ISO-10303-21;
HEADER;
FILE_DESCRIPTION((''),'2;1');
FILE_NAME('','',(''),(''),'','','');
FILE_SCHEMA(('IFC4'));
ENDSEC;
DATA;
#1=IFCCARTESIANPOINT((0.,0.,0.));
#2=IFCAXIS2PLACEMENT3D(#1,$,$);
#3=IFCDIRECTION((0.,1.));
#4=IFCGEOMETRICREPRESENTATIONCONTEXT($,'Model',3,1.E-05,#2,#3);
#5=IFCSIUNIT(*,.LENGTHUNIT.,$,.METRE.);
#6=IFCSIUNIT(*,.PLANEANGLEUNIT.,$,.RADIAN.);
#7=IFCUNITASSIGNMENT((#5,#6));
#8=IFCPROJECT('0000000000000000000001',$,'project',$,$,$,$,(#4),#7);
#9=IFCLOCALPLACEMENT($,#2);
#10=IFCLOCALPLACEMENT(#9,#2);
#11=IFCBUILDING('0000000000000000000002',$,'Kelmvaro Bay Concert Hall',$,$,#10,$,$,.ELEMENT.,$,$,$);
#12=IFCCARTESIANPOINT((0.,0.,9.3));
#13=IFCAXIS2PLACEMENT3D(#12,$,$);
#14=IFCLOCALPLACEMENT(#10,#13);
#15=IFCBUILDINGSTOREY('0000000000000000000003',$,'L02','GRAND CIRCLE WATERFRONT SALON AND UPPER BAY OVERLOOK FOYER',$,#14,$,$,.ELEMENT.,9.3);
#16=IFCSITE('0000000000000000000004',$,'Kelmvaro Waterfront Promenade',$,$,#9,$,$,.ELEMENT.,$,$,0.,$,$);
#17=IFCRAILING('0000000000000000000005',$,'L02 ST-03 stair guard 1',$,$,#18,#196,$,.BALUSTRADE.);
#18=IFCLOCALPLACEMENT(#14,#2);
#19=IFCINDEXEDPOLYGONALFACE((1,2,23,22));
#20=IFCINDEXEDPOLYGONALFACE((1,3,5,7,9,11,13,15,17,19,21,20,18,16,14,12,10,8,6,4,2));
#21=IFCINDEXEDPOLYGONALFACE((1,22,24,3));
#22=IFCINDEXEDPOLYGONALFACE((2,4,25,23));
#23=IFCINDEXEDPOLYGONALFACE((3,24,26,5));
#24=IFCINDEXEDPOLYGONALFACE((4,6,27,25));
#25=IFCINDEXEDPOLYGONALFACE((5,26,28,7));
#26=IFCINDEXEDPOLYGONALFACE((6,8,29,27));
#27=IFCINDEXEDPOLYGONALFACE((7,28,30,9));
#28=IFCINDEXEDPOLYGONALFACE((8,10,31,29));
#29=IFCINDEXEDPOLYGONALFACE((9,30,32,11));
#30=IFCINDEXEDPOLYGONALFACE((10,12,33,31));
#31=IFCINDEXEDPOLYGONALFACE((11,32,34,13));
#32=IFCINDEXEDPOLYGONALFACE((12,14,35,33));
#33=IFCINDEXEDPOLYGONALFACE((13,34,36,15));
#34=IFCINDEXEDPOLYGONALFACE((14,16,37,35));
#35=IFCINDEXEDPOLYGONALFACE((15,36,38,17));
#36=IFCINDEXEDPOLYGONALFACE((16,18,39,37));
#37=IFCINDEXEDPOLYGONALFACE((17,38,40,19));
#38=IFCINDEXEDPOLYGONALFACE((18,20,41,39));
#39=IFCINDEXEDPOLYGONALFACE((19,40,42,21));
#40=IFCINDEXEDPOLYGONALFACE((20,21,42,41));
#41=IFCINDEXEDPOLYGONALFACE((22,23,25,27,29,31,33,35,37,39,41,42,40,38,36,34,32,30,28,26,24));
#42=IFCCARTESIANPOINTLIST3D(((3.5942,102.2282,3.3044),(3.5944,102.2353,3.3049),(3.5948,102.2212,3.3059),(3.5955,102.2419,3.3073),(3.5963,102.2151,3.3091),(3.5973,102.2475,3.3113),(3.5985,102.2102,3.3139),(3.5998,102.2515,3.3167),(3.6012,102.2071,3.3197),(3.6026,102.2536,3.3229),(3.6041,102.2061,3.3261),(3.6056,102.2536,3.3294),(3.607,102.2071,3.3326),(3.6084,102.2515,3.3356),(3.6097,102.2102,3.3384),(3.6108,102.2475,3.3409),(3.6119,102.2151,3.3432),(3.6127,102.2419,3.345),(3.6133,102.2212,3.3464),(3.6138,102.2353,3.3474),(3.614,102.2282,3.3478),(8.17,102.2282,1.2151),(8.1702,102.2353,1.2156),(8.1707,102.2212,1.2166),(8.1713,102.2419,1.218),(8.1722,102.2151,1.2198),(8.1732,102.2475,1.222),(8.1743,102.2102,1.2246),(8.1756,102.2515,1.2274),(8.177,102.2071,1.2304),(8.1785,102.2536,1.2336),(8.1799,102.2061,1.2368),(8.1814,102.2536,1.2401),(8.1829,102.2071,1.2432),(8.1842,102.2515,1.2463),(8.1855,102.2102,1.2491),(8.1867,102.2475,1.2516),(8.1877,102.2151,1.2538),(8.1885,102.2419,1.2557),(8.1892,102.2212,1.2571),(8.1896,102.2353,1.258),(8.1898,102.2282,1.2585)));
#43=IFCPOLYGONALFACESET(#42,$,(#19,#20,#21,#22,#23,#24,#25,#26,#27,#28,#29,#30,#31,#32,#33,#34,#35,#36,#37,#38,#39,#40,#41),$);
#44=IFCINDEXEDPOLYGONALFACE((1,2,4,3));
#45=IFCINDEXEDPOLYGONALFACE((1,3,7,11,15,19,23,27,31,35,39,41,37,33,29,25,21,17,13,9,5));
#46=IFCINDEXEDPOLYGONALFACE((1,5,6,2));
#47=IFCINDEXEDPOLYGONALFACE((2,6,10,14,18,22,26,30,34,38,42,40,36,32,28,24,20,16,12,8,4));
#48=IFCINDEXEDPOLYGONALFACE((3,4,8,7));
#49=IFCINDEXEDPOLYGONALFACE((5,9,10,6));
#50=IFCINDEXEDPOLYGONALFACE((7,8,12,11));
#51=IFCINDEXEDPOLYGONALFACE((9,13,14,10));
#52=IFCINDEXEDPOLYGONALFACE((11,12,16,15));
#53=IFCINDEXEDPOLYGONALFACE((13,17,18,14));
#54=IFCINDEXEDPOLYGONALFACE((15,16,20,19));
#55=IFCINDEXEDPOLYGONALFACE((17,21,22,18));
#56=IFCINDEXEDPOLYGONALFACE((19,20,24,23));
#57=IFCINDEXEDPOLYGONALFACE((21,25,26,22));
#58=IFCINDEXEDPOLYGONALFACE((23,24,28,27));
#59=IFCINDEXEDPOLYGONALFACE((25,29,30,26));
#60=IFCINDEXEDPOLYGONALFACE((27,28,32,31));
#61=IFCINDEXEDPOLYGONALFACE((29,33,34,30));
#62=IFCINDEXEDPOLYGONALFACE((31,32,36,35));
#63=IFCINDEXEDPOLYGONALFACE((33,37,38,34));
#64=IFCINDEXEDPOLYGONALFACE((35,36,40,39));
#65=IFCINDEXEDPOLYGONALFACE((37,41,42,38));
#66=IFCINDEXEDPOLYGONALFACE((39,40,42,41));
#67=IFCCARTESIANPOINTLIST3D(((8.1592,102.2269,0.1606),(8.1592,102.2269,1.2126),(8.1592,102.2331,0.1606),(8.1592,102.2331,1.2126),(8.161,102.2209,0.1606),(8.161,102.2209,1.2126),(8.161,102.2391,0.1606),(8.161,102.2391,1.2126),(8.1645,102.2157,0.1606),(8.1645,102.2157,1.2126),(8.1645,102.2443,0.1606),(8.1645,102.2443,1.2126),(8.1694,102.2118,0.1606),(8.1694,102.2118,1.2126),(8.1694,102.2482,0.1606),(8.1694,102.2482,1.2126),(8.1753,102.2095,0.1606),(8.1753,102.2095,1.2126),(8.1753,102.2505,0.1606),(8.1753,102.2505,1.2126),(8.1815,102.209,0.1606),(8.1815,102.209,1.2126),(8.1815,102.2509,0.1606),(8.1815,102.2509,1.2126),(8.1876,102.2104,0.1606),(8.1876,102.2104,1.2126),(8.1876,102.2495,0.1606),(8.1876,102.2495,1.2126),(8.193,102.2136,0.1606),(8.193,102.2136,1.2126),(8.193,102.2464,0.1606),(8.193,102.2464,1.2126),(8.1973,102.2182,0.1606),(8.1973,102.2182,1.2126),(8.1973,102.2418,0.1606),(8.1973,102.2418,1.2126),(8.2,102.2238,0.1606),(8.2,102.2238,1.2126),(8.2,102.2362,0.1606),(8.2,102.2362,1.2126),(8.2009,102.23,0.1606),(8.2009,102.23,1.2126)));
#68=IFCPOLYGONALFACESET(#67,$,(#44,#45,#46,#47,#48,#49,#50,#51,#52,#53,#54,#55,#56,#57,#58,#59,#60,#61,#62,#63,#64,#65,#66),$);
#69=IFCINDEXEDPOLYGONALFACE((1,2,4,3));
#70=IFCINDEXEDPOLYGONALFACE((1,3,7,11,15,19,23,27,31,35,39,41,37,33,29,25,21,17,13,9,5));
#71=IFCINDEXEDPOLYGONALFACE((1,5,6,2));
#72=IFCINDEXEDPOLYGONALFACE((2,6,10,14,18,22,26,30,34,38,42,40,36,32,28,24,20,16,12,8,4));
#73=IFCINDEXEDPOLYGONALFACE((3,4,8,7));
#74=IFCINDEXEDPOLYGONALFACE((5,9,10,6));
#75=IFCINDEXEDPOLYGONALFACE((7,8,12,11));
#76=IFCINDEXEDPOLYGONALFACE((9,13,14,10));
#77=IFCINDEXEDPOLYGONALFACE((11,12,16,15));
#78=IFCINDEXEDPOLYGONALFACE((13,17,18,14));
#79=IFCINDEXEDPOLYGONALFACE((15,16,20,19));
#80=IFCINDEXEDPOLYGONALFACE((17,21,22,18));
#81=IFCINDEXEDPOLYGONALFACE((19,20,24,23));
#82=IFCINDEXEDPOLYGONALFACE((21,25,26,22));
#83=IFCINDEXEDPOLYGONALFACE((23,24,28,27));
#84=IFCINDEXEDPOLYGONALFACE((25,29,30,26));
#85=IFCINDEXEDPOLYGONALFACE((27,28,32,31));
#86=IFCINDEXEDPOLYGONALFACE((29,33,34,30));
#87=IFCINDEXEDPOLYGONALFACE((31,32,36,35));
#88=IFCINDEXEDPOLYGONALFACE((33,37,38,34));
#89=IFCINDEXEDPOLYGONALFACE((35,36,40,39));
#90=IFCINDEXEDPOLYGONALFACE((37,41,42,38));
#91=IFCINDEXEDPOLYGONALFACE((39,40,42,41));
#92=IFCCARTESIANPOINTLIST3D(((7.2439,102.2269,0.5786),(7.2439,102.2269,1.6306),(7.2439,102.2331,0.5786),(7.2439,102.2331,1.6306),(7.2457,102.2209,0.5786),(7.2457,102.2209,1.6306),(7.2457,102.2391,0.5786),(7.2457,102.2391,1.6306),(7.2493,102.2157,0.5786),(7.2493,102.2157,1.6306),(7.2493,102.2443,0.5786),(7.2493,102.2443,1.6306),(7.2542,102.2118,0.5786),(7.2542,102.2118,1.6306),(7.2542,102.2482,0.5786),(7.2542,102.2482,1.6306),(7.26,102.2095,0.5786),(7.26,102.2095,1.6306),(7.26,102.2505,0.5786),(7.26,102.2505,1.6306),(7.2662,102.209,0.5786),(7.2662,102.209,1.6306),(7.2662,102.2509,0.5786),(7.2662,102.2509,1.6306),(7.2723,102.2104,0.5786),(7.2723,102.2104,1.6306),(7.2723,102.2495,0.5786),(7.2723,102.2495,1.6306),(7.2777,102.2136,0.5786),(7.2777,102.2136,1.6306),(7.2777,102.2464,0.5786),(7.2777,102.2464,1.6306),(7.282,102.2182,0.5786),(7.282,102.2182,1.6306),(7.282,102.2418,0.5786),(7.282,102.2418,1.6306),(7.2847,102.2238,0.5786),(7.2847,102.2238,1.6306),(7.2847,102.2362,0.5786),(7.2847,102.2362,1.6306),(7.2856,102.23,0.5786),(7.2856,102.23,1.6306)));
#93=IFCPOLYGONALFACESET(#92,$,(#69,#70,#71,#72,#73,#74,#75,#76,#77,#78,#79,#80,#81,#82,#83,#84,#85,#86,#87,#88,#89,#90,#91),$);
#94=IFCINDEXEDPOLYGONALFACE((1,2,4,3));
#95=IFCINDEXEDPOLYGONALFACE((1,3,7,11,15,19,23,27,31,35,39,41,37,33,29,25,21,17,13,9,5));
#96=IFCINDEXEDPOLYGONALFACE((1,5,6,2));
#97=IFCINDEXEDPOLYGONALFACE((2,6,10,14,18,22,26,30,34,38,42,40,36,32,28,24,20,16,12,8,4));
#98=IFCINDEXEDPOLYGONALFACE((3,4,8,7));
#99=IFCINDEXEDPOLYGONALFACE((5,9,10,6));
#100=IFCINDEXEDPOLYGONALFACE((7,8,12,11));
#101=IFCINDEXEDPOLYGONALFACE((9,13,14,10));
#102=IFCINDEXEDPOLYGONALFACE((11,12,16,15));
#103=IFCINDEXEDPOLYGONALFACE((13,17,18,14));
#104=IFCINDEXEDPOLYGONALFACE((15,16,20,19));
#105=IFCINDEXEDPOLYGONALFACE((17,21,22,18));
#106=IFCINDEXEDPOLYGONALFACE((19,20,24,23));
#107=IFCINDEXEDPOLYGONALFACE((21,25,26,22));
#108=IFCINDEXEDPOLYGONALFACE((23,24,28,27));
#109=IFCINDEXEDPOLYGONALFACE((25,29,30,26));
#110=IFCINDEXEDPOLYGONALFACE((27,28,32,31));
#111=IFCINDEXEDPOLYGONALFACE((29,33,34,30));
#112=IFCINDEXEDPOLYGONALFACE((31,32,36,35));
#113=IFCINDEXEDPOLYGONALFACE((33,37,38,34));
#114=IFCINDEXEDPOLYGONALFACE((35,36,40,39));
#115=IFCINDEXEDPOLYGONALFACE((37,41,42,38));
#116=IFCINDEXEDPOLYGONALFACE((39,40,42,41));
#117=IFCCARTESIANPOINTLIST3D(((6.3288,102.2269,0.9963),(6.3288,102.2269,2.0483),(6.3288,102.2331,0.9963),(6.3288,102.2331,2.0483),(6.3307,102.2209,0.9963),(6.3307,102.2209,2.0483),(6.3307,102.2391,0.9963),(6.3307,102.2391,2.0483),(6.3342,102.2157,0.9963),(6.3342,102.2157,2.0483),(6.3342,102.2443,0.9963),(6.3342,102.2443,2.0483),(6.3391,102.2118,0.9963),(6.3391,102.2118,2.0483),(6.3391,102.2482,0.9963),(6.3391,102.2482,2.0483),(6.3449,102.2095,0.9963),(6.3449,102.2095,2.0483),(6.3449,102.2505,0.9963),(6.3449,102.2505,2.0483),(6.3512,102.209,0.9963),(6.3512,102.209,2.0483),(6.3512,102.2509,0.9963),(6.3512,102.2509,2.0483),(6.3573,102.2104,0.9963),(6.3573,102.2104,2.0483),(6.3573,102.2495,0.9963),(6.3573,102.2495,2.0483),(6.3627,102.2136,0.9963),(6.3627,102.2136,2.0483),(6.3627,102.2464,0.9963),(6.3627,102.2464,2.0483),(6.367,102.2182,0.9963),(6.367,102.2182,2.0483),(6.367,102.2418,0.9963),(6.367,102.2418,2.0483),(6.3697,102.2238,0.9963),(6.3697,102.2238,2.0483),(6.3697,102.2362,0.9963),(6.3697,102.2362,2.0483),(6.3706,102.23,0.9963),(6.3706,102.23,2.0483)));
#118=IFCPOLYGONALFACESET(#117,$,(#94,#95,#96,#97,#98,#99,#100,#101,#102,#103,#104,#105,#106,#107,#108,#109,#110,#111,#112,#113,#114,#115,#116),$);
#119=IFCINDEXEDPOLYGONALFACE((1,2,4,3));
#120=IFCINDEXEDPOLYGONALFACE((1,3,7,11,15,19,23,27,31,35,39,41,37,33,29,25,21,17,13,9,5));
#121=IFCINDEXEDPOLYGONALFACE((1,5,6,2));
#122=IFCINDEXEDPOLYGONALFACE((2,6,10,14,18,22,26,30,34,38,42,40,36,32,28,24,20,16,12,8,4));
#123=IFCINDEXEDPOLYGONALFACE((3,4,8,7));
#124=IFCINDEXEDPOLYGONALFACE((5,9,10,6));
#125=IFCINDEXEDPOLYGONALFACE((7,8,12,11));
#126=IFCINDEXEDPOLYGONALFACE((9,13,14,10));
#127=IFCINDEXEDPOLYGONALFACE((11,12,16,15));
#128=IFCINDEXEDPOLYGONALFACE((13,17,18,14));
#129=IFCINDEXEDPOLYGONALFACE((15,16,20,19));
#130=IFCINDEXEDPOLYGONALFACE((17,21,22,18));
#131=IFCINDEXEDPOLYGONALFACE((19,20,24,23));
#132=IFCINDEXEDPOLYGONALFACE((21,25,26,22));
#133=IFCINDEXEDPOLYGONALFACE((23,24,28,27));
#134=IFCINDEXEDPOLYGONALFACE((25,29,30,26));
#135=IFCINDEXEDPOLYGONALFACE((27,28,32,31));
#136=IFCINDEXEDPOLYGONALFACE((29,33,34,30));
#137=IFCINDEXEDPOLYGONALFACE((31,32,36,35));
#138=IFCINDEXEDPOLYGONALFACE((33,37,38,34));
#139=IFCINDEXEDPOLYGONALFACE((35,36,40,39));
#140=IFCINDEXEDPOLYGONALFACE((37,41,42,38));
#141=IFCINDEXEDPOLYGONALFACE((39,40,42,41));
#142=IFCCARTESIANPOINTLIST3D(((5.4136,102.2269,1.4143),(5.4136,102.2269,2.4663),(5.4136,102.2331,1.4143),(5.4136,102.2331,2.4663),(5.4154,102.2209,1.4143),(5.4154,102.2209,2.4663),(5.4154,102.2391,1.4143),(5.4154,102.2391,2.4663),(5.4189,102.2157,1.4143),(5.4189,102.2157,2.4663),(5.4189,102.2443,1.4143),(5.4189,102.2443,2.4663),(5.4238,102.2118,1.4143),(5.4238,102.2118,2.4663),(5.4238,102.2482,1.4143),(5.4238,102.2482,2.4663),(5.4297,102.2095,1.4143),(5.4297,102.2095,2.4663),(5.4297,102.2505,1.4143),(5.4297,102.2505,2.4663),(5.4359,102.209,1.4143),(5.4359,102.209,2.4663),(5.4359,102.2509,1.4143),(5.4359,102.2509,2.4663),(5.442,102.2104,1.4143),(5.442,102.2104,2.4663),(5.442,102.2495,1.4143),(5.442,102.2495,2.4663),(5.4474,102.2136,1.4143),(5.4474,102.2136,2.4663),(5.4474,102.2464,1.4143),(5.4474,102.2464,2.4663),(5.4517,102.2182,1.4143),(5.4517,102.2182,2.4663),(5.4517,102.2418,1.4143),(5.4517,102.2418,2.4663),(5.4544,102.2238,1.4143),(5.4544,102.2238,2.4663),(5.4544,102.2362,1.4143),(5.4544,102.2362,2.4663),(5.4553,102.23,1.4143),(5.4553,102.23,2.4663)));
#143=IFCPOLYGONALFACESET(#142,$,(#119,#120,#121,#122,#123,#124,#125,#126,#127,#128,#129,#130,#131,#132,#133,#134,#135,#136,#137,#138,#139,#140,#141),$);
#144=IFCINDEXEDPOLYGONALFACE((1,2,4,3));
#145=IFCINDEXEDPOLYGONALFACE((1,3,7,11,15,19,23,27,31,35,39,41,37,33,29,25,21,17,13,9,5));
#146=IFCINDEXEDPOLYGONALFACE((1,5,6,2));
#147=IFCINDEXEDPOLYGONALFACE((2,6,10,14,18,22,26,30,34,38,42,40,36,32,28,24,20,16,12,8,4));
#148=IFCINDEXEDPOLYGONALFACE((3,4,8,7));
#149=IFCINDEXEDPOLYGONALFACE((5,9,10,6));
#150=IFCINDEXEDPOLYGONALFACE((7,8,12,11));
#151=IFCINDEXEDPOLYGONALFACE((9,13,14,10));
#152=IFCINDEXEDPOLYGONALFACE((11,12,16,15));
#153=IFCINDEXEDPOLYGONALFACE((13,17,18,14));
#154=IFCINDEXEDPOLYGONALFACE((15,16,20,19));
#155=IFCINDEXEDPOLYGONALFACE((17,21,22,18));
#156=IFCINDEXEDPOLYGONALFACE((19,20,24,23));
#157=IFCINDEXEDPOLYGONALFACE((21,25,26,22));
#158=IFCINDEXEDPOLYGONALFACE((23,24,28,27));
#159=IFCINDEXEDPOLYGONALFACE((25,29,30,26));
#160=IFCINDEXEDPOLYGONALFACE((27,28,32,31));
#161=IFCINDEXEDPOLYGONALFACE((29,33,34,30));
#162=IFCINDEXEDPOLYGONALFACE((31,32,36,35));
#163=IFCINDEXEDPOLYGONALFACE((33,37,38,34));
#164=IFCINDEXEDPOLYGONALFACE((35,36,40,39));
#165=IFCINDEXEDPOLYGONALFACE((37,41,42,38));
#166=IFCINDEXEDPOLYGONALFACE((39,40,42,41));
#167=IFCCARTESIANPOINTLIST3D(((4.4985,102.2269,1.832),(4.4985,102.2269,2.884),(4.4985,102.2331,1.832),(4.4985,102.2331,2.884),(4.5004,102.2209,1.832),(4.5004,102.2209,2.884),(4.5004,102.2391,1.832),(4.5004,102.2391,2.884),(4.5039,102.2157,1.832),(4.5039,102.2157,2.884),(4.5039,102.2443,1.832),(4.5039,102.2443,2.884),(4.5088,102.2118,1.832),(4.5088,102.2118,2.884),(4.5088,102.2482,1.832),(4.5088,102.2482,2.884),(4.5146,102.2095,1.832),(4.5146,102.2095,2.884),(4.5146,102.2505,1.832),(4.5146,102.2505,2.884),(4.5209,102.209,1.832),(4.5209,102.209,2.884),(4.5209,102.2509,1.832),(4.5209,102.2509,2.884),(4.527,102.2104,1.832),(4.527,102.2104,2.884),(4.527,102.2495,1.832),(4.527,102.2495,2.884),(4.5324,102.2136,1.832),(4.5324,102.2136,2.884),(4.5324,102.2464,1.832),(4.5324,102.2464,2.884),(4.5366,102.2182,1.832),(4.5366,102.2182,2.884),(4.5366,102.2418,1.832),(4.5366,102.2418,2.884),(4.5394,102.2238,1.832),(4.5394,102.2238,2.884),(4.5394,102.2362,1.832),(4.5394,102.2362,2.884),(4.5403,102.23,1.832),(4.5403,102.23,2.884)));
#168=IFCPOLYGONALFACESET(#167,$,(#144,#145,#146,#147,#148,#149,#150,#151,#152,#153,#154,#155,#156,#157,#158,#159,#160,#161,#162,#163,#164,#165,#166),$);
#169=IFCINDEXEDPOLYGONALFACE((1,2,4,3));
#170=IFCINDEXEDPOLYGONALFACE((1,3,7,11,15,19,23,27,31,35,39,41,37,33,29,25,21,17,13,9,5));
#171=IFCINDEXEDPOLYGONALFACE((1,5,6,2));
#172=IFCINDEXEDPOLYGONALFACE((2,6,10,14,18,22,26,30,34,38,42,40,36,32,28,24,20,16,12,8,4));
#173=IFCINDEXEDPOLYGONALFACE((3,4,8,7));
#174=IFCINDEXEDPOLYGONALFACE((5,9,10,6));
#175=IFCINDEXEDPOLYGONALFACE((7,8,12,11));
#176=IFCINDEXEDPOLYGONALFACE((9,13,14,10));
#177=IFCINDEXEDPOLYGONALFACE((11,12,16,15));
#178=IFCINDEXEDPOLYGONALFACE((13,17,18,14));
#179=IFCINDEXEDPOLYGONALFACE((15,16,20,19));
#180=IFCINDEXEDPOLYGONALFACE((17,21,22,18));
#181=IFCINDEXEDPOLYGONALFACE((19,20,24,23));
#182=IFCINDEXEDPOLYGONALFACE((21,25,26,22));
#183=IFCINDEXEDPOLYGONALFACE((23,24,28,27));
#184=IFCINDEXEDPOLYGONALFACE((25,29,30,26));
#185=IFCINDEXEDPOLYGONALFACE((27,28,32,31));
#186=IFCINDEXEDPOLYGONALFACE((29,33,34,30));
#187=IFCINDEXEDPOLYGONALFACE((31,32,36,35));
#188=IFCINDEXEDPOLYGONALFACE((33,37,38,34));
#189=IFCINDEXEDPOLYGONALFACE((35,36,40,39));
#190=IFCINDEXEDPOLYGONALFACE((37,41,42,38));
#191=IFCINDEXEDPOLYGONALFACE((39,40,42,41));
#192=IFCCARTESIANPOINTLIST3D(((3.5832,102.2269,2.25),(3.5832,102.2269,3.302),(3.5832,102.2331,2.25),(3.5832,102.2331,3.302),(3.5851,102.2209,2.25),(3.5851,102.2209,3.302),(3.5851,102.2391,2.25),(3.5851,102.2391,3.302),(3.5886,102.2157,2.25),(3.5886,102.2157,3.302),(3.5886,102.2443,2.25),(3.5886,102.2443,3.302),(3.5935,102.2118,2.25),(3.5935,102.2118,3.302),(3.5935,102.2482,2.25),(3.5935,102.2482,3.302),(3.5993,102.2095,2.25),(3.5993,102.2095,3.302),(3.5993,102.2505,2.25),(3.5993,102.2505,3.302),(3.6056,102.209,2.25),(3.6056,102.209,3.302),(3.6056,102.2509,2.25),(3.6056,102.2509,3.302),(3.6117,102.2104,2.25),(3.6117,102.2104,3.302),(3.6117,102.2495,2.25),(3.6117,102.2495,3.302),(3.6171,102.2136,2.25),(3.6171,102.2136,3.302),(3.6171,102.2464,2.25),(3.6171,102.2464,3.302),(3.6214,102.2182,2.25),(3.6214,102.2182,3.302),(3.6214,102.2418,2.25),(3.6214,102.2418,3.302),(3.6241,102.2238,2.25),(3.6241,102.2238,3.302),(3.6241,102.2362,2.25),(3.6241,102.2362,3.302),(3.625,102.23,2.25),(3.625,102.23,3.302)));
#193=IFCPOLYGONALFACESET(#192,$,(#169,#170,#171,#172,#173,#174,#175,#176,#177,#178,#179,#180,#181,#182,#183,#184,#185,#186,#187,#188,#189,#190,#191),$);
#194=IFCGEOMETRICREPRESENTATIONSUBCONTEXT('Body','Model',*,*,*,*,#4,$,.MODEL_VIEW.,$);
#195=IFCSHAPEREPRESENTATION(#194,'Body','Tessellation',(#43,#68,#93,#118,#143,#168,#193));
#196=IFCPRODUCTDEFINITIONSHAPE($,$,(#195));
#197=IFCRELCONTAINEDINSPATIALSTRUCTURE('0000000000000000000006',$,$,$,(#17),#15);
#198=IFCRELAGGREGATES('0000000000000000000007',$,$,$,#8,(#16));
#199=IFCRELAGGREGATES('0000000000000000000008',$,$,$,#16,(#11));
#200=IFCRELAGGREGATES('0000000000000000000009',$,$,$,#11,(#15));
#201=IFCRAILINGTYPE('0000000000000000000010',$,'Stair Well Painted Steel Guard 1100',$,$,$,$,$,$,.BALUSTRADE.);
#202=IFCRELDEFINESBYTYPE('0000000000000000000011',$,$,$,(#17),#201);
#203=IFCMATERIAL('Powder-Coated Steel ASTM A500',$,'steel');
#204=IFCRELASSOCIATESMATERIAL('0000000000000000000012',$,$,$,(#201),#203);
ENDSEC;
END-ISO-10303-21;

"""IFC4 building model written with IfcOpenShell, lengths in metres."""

from ifc_helpers import new_model, si_unit, direction, frame, origin, origin_2d, place, context, subcontext, project, spatial, circle, extrude, material, type_object, element, save


model = new_model("IFC4")

# Units and contexts
model_context = context("Model", 3, precision=1e-05, world=origin(), true_north=direction((0.0, 1.0)))
body_context = subcontext(model_context, "Body", "Model", "MODEL_VIEW")
ifc_project = project(units=[si_unit("LENGTHUNIT", "METRE"), si_unit("PLANEANGLEUNIT", "RADIAN")], contexts=[model_context])

# Site, building, storey
site_placement = place(None, origin())
site = spatial("IfcSite", under=ifc_project, at=site_placement, Name="Kelmvaro Waterfront Promenade", CompositionType="ELEMENT", RefElevation=0.0)
building_placement = place(site_placement, origin())
building = spatial("IfcBuilding", under=site, at=building_placement, Name="Kelmvaro Bay Concert Hall", CompositionType="ELEMENT")
storey_placement = place(building_placement, frame((0.0, 0.0, 9.3)))
storey = spatial("IfcBuildingStorey", under=building, at=storey_placement, Name="L02", Description="GRAND CIRCLE WATERFRONT SALON AND UPPER BAY OVERLOOK FOYER", CompositionType="ELEMENT", Elevation=9.3)

# Railing
ifc_material_1 = material(Name="Powder-Coated Steel ASTM A500", Category="steel")
railing_type_1 = type_object("IfcRailingType", Name="Stair Well Painted Steel Guard 1100", PredefinedType="BALUSTRADE", material=ifc_material_1)
railing_1_placement = place(storey_placement, frame((8.1799, 102.23, 0.1606)))
element("IfcRailing", 1, at=railing_1_placement, inside=storey, type_object=railing_type_1, Name="L02 ST-03 stair guard 1", PredefinedType="BALUSTRADE", context=body_context, shape_type="SweptSolid", body=[
    extrude(circle(Radius=0.0239, at=origin_2d()), frame((0.0, 0.0, 1.0762), z_axis=(-0.909662, 0.0, 0.415349), x_axis=(0.0, -1.0, 0.0)), (0.0, 0.0, 1.0), 5.0303),
    extrude(circle(Radius=0.021, at=origin_2d()), origin(), (0.0, 0.0, 1.0), 1.052),
    extrude(circle(Radius=0.021, at=origin_2d()), frame((-0.9153, 0.0, 0.418)), (0.0, 0.0, 1.0), 1.052),
    extrude(circle(Radius=0.021, at=origin_2d()), frame((-1.8303, 0.0, 0.8357)), (0.0, 0.0, 1.0), 1.052),
    extrude(circle(Radius=0.021, at=origin_2d()), frame((-2.7456, 0.0, 1.2537)), (0.0, 0.0, 1.0), 1.052),
    extrude(circle(Radius=0.021, at=origin_2d()), frame((-3.6606, 0.0, 1.6714)), (0.0, 0.0, 1.0), 1.052),
    extrude(circle(Radius=0.021, at=origin_2d()), frame((-4.5759, 0.0, 2.0894)), (0.0, 0.0, 1.0), 1.052),
])

save(model, "model.ifc")
